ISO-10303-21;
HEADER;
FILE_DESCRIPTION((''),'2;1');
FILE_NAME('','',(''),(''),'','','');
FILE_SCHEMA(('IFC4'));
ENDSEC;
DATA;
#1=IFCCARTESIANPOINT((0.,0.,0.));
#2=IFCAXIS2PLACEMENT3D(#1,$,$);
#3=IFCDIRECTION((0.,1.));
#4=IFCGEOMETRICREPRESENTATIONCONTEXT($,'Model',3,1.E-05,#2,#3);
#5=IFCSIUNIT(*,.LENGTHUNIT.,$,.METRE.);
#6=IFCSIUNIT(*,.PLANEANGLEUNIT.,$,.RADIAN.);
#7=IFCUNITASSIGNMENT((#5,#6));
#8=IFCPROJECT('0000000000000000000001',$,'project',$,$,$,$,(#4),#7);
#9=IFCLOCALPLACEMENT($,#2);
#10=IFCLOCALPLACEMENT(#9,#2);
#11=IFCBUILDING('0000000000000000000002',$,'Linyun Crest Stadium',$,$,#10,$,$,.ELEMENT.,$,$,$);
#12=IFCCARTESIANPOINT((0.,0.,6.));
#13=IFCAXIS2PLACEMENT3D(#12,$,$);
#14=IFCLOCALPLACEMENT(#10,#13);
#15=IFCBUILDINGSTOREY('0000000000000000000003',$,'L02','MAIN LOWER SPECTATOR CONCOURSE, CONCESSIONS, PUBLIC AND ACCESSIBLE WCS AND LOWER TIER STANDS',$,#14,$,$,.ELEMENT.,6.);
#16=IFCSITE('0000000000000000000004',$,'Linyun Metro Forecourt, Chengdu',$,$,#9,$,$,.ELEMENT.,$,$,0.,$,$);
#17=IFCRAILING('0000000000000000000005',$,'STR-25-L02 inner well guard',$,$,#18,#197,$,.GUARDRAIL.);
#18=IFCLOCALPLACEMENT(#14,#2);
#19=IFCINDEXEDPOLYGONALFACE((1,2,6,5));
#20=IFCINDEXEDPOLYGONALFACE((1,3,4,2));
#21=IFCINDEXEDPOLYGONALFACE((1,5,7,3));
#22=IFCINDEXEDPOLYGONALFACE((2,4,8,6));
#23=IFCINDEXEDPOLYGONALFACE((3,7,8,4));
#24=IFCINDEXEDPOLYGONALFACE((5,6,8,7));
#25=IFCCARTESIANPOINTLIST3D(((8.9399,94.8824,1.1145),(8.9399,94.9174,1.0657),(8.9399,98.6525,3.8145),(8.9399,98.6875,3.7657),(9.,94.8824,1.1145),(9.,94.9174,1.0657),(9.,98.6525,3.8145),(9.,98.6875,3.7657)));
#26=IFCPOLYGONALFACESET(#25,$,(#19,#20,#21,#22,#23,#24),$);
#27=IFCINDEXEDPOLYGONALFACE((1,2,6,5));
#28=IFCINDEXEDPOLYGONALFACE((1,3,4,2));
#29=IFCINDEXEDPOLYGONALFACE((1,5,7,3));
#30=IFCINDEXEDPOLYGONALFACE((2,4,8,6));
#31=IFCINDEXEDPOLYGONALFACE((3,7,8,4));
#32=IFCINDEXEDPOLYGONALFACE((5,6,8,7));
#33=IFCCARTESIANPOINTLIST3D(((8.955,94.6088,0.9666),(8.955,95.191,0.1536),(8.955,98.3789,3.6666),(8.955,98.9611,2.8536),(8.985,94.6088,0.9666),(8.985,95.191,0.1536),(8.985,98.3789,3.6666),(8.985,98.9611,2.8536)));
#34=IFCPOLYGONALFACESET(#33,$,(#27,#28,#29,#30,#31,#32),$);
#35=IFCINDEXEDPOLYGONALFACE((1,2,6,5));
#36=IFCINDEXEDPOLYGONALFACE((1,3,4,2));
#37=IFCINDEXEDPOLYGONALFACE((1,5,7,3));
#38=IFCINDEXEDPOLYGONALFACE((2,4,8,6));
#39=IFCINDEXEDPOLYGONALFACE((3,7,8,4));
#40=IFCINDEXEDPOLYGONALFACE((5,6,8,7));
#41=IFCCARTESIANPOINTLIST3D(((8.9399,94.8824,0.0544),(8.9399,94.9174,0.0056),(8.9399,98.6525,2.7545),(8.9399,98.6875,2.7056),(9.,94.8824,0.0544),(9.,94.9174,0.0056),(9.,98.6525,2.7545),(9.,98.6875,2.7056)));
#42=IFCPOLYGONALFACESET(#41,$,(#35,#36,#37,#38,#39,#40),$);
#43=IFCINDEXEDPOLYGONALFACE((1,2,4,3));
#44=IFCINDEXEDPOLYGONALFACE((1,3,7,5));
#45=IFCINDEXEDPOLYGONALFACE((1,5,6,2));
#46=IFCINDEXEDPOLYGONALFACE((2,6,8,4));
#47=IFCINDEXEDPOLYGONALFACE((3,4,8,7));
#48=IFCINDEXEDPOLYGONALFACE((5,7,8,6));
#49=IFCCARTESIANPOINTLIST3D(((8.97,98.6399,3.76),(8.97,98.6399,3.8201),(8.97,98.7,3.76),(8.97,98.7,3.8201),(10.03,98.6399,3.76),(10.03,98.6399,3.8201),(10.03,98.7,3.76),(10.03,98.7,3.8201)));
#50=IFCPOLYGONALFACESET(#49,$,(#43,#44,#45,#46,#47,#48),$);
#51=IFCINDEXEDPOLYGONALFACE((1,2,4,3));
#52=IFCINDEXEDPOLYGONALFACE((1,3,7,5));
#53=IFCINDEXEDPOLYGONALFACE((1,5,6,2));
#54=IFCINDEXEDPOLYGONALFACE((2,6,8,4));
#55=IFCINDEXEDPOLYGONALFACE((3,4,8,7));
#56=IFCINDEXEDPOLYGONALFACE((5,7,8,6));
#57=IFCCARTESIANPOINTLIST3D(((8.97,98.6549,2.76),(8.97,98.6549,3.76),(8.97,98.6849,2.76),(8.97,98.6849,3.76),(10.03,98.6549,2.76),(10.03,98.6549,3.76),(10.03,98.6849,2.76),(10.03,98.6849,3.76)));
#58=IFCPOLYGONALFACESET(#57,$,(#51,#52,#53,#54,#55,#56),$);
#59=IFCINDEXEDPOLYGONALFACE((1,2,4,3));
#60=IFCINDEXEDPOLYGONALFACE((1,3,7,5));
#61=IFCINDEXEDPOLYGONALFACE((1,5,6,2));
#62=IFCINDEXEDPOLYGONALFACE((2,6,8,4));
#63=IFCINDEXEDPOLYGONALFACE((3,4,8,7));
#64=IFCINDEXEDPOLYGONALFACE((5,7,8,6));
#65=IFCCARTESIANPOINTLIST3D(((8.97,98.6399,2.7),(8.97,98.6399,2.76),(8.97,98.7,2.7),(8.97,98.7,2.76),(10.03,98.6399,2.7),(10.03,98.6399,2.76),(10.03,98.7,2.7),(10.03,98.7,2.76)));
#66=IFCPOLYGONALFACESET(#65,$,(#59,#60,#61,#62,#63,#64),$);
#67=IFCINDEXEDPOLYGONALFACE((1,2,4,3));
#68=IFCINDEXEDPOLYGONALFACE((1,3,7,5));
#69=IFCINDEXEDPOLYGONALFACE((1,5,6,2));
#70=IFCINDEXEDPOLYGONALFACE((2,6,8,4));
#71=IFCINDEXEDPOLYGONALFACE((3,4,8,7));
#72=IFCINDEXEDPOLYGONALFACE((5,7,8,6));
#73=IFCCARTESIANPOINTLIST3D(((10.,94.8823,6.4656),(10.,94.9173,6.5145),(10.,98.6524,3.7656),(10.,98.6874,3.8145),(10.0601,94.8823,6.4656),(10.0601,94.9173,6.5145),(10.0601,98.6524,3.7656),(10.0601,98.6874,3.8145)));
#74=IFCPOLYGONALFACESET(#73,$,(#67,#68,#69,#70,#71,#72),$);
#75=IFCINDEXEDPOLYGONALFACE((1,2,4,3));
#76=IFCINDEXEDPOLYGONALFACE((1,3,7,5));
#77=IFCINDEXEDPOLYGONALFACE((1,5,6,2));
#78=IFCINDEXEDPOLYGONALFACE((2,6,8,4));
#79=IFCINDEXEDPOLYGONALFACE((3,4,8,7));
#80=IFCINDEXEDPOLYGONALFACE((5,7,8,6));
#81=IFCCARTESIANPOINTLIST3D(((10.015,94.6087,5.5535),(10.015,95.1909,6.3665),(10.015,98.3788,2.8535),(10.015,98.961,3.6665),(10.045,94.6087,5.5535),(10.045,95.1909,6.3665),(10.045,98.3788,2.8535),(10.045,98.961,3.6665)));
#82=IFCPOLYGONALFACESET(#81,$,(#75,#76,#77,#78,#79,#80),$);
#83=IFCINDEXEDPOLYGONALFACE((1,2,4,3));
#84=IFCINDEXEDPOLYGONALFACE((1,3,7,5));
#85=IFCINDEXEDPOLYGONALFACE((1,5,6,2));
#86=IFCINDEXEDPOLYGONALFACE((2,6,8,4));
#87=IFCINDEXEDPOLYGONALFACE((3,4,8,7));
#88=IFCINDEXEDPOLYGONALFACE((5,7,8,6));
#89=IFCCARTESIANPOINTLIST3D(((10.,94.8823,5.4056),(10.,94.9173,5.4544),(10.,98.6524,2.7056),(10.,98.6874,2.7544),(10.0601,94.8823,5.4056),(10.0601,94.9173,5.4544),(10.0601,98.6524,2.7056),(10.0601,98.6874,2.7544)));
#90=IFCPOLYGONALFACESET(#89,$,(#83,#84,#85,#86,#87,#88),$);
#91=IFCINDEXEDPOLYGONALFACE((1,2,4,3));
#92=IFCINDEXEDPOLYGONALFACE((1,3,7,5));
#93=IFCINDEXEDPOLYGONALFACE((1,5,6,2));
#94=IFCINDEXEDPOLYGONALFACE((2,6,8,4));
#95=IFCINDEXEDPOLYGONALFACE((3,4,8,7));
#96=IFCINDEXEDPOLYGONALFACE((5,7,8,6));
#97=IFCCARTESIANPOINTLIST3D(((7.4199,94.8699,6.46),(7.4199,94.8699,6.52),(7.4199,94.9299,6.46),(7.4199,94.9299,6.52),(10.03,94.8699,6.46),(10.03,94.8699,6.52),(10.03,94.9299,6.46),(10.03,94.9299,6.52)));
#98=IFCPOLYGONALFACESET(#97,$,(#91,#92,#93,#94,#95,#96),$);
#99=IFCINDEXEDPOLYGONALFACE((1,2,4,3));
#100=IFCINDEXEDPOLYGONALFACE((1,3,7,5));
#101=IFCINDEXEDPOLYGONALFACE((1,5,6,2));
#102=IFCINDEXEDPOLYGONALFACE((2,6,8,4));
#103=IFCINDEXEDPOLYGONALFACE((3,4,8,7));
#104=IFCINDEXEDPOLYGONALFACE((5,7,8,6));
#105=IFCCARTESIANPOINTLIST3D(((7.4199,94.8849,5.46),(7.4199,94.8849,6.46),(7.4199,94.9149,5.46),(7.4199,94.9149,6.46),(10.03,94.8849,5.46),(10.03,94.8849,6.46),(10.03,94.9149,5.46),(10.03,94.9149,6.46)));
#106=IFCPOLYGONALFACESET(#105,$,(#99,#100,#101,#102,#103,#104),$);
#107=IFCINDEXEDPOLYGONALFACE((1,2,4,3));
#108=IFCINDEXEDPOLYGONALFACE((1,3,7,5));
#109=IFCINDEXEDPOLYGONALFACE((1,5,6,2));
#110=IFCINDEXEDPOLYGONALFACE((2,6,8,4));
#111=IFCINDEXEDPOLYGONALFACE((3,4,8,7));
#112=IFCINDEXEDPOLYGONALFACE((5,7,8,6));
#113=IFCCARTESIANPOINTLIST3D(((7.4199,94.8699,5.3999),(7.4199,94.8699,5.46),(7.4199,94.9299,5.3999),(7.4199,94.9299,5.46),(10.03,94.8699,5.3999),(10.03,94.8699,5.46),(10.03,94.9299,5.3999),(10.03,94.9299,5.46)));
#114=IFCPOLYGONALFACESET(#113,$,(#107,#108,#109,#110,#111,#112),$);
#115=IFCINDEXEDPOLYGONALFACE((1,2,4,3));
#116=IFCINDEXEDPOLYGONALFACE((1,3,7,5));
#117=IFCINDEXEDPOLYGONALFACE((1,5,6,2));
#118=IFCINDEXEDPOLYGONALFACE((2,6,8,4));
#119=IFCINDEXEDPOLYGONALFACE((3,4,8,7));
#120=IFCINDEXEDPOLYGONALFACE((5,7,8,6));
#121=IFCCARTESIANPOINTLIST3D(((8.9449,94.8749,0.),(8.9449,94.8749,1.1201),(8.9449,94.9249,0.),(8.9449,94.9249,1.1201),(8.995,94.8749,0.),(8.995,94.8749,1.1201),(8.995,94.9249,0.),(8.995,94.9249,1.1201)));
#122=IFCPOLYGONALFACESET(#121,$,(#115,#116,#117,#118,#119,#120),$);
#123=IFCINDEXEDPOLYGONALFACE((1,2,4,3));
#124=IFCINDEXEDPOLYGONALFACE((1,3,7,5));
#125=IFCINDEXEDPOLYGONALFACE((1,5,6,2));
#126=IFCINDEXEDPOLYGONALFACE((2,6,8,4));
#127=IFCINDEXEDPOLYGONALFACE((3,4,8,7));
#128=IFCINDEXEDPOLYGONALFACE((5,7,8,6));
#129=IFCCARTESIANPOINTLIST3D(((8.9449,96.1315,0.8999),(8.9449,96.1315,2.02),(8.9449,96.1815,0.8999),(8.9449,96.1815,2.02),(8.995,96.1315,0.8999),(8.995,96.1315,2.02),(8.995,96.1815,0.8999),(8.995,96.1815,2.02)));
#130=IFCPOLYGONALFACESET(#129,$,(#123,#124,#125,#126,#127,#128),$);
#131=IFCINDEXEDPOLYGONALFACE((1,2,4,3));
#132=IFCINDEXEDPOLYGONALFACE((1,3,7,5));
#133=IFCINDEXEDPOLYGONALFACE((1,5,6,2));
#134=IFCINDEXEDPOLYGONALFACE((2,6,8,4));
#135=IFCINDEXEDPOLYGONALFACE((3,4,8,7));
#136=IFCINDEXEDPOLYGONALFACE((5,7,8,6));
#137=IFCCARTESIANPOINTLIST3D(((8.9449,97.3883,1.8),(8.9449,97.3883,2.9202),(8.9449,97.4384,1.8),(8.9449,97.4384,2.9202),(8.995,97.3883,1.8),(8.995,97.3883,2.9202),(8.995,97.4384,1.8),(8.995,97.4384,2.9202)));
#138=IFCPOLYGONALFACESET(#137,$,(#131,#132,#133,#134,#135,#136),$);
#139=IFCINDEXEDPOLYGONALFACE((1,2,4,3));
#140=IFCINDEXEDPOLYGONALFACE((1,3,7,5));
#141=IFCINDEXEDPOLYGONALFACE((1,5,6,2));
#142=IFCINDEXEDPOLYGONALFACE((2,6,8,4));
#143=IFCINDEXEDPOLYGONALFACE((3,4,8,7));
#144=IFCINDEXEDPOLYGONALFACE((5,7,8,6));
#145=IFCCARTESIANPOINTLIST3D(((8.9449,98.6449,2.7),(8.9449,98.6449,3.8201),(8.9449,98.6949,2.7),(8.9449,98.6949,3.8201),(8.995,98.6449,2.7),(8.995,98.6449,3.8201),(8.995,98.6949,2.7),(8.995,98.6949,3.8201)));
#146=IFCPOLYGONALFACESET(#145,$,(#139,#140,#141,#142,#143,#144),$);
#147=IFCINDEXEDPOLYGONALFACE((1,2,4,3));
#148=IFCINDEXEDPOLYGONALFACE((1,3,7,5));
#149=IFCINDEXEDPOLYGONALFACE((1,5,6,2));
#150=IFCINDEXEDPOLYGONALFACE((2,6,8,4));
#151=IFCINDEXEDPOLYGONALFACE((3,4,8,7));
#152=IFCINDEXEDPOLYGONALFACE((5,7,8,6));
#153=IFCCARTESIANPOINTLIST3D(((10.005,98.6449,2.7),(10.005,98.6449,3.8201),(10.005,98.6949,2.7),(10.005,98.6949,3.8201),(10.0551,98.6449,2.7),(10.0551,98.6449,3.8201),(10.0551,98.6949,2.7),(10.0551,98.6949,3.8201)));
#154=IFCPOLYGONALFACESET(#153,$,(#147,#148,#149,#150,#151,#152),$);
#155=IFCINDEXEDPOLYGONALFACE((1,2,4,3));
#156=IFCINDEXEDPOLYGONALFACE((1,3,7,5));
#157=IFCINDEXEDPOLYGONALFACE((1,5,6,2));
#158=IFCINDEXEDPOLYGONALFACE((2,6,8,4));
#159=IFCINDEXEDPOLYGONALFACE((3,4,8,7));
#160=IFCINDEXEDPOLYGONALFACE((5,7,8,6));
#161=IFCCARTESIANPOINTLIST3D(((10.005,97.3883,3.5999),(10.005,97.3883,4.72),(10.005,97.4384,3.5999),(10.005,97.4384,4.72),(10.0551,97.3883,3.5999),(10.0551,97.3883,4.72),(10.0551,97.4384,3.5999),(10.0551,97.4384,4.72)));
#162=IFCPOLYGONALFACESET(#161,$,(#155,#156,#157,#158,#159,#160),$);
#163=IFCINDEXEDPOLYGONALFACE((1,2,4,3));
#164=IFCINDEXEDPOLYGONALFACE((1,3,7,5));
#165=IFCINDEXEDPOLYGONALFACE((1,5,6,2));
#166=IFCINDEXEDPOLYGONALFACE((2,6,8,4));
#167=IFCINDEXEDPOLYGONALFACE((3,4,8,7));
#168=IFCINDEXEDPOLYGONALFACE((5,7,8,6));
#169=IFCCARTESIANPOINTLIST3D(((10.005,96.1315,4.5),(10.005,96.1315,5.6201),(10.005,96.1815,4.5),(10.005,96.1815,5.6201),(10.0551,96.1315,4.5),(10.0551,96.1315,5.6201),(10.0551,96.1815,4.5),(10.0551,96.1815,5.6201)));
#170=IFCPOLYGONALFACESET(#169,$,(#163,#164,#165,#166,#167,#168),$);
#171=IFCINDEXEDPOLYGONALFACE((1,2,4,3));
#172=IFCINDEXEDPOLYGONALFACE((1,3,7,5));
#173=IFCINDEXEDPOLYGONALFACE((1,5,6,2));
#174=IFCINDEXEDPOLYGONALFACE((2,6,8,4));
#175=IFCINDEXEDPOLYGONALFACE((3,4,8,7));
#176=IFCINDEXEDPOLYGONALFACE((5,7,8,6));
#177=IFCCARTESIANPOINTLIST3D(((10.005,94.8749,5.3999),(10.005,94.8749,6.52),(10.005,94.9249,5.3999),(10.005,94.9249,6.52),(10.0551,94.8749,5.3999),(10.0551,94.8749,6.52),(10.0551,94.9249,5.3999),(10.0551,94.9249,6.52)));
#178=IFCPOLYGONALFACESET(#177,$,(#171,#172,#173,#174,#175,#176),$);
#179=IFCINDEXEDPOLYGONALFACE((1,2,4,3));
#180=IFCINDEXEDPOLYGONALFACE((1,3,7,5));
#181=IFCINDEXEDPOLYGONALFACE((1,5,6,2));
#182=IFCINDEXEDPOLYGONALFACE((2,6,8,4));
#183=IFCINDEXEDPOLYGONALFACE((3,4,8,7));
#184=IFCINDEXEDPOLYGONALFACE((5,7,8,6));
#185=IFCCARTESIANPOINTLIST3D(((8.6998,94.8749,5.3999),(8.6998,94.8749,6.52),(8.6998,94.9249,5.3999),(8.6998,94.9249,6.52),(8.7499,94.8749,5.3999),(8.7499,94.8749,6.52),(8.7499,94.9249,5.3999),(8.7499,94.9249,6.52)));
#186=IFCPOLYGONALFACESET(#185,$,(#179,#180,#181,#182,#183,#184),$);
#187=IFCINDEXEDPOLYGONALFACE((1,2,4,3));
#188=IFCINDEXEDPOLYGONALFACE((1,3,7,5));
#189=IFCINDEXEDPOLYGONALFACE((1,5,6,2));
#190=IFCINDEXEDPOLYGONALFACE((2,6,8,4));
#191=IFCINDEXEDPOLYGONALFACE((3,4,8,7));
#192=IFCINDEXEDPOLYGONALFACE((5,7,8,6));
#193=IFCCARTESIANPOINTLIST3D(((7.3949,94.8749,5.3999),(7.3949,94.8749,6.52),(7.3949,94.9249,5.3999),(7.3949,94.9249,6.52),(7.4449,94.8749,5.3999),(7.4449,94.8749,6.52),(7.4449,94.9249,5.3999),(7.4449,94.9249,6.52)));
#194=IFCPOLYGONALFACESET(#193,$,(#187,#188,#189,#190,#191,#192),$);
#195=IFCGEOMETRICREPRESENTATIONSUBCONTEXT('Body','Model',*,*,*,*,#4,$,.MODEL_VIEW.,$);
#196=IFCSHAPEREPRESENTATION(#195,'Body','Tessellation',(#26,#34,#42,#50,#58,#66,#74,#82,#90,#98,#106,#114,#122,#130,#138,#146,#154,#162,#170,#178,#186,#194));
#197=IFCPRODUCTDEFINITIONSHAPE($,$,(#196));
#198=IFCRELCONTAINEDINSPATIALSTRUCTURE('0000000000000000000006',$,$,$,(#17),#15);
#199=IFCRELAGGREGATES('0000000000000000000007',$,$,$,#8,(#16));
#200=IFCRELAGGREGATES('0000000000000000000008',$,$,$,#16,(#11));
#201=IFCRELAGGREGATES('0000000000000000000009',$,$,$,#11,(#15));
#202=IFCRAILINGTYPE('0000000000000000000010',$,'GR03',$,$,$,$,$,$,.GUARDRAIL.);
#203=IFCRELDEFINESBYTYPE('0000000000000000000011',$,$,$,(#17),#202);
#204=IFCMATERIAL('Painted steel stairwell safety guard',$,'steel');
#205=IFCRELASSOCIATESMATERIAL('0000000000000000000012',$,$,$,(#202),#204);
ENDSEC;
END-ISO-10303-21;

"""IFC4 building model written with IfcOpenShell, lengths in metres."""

from ifc_helpers import new_model, si_unit, direction, frame, origin, origin_2d, place, context, subcontext, project, spatial, rectangle, extrude, material, type_object, element, save


model = new_model("IFC4")

# Units and contexts
model_context = context("Model", 3, precision=1e-05, world=origin(), true_north=direction((0.0, 1.0)))
body_context = subcontext(model_context, "Body", "Model", "MODEL_VIEW")
ifc_project = project(units=[si_unit("LENGTHUNIT", "METRE"), si_unit("PLANEANGLEUNIT", "RADIAN")], contexts=[model_context])

# Site, building, storey
site_placement = place(None, origin())
site = spatial("IfcSite", under=ifc_project, at=site_placement, Name="Linyun Metro Forecourt, Chengdu", CompositionType="ELEMENT", RefElevation=0.0)
building_placement = place(site_placement, origin())
building = spatial("IfcBuilding", under=site, at=building_placement, Name="Linyun Crest Stadium", CompositionType="ELEMENT")
storey_placement = place(building_placement, frame((0.0, 0.0, 6.0)))
storey = spatial("IfcBuildingStorey", under=building, at=storey_placement, Name="L02", Description="MAIN LOWER SPECTATOR CONCOURSE, CONCESSIONS, PUBLIC AND ACCESSIBLE WCS AND LOWER TIER STANDS", CompositionType="ELEMENT", Elevation=6.0)

# Railing
ifc_material_1 = material(Name="Painted steel stairwell safety guard", Category="steel")
railing_type_1 = type_object("IfcRailingType", Name="GR03", PredefinedType="GUARDRAIL", material=ifc_material_1)
railing_1_placement = place(storey_placement, frame((8.97, 94.8999, 0.0)))
element("IfcRailing", 1, at=railing_1_placement, inside=storey, type_object=railing_type_1, Name="STR-25-L02 inner well guard", PredefinedType="GUARDRAIL", context=body_context, shape_type="SweptSolid", body=[
    extrude(rectangle(XDim=0.0601, YDim=0.0601, at=origin_2d()), frame((0.0, 0.0, 1.0901), z_axis=(0.0, 0.813011, 0.582249), x_axis=(-1.0, 0.0, 0.0)), (0.0, 0.0, 1.0), 4.6372),
    extrude(rectangle(XDim=0.03, YDim=1.0, at=origin_2d()), frame((0.0, 0.0, 0.5601), z_axis=(0.0, 0.813011, 0.582249), x_axis=(-1.0, 0.0, 0.0)), (0.0, 0.0, 1.0), 4.6372),
    extrude(rectangle(XDim=0.0601, YDim=0.0601, at=origin_2d()), frame((0.0, 0.0, 0.03), z_axis=(0.0, 0.813011, 0.582249), x_axis=(-1.0, 0.0, 0.0)), (0.0, 0.0, 1.0), 4.6372),
    extrude(rectangle(XDim=0.0601, YDim=0.0601, at=origin_2d()), frame((0.0, 3.77, 3.79), z_axis=(1.0, 0.0, 0.0), x_axis=(0.0, 1.0, 0.0)), (0.0, 0.0, 1.0), 1.0601),
    extrude(rectangle(XDim=0.03, YDim=1.0, at=origin_2d()), frame((0.0, 3.77, 3.26), z_axis=(1.0, 0.0, 0.0), x_axis=(0.0, 1.0, 0.0)), (0.0, 0.0, 1.0), 1.0601),
    extrude(rectangle(XDim=0.0601, YDim=0.0601, at=origin_2d()), frame((0.0, 3.77, 2.73), z_axis=(1.0, 0.0, 0.0), x_axis=(0.0, 1.0, 0.0)), (0.0, 0.0, 1.0), 1.0601),
    extrude(rectangle(XDim=0.0601, YDim=0.0601, at=origin_2d()), frame((1.0601, 3.77, 3.79), z_axis=(0.0, -0.813011, 0.582249), x_axis=(1.0, 0.0, 0.0)), (0.0, 0.0, 1.0), 4.6372),
    extrude(rectangle(XDim=0.03, YDim=1.0, at=origin_2d()), frame((1.0601, 3.77, 3.26), z_axis=(0.0, -0.813011, 0.582249), x_axis=(1.0, 0.0, 0.0)), (0.0, 0.0, 1.0), 4.6372),
    extrude(rectangle(XDim=0.0601, YDim=0.0601, at=origin_2d()), frame((1.0601, 3.77, 2.73), z_axis=(0.0, -0.813011, 0.582249), x_axis=(1.0, 0.0, 0.0)), (0.0, 0.0, 1.0), 4.6372),
    extrude(rectangle(XDim=0.0601, YDim=0.0601, at=origin_2d()), frame((1.0601, 0.0, 6.49), z_axis=(-1.0, 0.0, 0.0), x_axis=(0.0, -1.0, 0.0)), (0.0, 0.0, 1.0), 2.6101),
    extrude(rectangle(XDim=0.03, YDim=1.0, at=origin_2d()), frame((1.0601, 0.0, 5.96), z_axis=(-1.0, 0.0, 0.0), x_axis=(0.0, -1.0, 0.0)), (0.0, 0.0, 1.0), 2.6101),
    extrude(rectangle(XDim=0.0601, YDim=0.0601, at=origin_2d()), frame((1.0601, 0.0, 5.4299), z_axis=(-1.0, 0.0, 0.0), x_axis=(0.0, -1.0, 0.0)), (0.0, 0.0, 1.0), 2.6101),
    extrude(rectangle(XDim=0.05, YDim=0.05, at=origin_2d()), origin(), (0.0, 0.0, 1.0), 1.1201),
    extrude(rectangle(XDim=0.05, YDim=0.05, at=origin_2d()), frame((0.0, 1.2566, 0.8999)), (0.0, 0.0, 1.0), 1.1201),
    extrude(rectangle(XDim=0.05, YDim=0.05, at=origin_2d()), frame((0.0, 2.5134, 1.8)), (0.0, 0.0, 1.0), 1.1201),
    extrude(rectangle(XDim=0.05, YDim=0.05, at=origin_2d()), frame((0.0, 3.77, 2.7)), (0.0, 0.0, 1.0), 1.1201),
    extrude(rectangle(XDim=0.05, YDim=0.05, at=origin_2d()), frame((1.0601, 3.77, 2.7)), (0.0, 0.0, 1.0), 1.1201),
    extrude(rectangle(XDim=0.05, YDim=0.05, at=origin_2d()), frame((1.0601, 2.5134, 3.5999)), (0.0, 0.0, 1.0), 1.1201),
    extrude(rectangle(XDim=0.05, YDim=0.05, at=origin_2d()), frame((1.0601, 1.2566, 4.5)), (0.0, 0.0, 1.0), 1.1201),
    extrude(rectangle(XDim=0.05, YDim=0.05, at=origin_2d()), frame((1.0601, 0.0, 5.3999)), (0.0, 0.0, 1.0), 1.1201),
    extrude(rectangle(XDim=0.05, YDim=0.05, at=origin_2d()), frame((-0.2451, 0.0, 5.3999)), (0.0, 0.0, 1.0), 1.1201),
    extrude(rectangle(XDim=0.05, YDim=0.05, at=origin_2d()), frame((-1.55, 0.0, 5.3999)), (0.0, 0.0, 1.0), 1.1201),
])

save(model, "model.ifc")
